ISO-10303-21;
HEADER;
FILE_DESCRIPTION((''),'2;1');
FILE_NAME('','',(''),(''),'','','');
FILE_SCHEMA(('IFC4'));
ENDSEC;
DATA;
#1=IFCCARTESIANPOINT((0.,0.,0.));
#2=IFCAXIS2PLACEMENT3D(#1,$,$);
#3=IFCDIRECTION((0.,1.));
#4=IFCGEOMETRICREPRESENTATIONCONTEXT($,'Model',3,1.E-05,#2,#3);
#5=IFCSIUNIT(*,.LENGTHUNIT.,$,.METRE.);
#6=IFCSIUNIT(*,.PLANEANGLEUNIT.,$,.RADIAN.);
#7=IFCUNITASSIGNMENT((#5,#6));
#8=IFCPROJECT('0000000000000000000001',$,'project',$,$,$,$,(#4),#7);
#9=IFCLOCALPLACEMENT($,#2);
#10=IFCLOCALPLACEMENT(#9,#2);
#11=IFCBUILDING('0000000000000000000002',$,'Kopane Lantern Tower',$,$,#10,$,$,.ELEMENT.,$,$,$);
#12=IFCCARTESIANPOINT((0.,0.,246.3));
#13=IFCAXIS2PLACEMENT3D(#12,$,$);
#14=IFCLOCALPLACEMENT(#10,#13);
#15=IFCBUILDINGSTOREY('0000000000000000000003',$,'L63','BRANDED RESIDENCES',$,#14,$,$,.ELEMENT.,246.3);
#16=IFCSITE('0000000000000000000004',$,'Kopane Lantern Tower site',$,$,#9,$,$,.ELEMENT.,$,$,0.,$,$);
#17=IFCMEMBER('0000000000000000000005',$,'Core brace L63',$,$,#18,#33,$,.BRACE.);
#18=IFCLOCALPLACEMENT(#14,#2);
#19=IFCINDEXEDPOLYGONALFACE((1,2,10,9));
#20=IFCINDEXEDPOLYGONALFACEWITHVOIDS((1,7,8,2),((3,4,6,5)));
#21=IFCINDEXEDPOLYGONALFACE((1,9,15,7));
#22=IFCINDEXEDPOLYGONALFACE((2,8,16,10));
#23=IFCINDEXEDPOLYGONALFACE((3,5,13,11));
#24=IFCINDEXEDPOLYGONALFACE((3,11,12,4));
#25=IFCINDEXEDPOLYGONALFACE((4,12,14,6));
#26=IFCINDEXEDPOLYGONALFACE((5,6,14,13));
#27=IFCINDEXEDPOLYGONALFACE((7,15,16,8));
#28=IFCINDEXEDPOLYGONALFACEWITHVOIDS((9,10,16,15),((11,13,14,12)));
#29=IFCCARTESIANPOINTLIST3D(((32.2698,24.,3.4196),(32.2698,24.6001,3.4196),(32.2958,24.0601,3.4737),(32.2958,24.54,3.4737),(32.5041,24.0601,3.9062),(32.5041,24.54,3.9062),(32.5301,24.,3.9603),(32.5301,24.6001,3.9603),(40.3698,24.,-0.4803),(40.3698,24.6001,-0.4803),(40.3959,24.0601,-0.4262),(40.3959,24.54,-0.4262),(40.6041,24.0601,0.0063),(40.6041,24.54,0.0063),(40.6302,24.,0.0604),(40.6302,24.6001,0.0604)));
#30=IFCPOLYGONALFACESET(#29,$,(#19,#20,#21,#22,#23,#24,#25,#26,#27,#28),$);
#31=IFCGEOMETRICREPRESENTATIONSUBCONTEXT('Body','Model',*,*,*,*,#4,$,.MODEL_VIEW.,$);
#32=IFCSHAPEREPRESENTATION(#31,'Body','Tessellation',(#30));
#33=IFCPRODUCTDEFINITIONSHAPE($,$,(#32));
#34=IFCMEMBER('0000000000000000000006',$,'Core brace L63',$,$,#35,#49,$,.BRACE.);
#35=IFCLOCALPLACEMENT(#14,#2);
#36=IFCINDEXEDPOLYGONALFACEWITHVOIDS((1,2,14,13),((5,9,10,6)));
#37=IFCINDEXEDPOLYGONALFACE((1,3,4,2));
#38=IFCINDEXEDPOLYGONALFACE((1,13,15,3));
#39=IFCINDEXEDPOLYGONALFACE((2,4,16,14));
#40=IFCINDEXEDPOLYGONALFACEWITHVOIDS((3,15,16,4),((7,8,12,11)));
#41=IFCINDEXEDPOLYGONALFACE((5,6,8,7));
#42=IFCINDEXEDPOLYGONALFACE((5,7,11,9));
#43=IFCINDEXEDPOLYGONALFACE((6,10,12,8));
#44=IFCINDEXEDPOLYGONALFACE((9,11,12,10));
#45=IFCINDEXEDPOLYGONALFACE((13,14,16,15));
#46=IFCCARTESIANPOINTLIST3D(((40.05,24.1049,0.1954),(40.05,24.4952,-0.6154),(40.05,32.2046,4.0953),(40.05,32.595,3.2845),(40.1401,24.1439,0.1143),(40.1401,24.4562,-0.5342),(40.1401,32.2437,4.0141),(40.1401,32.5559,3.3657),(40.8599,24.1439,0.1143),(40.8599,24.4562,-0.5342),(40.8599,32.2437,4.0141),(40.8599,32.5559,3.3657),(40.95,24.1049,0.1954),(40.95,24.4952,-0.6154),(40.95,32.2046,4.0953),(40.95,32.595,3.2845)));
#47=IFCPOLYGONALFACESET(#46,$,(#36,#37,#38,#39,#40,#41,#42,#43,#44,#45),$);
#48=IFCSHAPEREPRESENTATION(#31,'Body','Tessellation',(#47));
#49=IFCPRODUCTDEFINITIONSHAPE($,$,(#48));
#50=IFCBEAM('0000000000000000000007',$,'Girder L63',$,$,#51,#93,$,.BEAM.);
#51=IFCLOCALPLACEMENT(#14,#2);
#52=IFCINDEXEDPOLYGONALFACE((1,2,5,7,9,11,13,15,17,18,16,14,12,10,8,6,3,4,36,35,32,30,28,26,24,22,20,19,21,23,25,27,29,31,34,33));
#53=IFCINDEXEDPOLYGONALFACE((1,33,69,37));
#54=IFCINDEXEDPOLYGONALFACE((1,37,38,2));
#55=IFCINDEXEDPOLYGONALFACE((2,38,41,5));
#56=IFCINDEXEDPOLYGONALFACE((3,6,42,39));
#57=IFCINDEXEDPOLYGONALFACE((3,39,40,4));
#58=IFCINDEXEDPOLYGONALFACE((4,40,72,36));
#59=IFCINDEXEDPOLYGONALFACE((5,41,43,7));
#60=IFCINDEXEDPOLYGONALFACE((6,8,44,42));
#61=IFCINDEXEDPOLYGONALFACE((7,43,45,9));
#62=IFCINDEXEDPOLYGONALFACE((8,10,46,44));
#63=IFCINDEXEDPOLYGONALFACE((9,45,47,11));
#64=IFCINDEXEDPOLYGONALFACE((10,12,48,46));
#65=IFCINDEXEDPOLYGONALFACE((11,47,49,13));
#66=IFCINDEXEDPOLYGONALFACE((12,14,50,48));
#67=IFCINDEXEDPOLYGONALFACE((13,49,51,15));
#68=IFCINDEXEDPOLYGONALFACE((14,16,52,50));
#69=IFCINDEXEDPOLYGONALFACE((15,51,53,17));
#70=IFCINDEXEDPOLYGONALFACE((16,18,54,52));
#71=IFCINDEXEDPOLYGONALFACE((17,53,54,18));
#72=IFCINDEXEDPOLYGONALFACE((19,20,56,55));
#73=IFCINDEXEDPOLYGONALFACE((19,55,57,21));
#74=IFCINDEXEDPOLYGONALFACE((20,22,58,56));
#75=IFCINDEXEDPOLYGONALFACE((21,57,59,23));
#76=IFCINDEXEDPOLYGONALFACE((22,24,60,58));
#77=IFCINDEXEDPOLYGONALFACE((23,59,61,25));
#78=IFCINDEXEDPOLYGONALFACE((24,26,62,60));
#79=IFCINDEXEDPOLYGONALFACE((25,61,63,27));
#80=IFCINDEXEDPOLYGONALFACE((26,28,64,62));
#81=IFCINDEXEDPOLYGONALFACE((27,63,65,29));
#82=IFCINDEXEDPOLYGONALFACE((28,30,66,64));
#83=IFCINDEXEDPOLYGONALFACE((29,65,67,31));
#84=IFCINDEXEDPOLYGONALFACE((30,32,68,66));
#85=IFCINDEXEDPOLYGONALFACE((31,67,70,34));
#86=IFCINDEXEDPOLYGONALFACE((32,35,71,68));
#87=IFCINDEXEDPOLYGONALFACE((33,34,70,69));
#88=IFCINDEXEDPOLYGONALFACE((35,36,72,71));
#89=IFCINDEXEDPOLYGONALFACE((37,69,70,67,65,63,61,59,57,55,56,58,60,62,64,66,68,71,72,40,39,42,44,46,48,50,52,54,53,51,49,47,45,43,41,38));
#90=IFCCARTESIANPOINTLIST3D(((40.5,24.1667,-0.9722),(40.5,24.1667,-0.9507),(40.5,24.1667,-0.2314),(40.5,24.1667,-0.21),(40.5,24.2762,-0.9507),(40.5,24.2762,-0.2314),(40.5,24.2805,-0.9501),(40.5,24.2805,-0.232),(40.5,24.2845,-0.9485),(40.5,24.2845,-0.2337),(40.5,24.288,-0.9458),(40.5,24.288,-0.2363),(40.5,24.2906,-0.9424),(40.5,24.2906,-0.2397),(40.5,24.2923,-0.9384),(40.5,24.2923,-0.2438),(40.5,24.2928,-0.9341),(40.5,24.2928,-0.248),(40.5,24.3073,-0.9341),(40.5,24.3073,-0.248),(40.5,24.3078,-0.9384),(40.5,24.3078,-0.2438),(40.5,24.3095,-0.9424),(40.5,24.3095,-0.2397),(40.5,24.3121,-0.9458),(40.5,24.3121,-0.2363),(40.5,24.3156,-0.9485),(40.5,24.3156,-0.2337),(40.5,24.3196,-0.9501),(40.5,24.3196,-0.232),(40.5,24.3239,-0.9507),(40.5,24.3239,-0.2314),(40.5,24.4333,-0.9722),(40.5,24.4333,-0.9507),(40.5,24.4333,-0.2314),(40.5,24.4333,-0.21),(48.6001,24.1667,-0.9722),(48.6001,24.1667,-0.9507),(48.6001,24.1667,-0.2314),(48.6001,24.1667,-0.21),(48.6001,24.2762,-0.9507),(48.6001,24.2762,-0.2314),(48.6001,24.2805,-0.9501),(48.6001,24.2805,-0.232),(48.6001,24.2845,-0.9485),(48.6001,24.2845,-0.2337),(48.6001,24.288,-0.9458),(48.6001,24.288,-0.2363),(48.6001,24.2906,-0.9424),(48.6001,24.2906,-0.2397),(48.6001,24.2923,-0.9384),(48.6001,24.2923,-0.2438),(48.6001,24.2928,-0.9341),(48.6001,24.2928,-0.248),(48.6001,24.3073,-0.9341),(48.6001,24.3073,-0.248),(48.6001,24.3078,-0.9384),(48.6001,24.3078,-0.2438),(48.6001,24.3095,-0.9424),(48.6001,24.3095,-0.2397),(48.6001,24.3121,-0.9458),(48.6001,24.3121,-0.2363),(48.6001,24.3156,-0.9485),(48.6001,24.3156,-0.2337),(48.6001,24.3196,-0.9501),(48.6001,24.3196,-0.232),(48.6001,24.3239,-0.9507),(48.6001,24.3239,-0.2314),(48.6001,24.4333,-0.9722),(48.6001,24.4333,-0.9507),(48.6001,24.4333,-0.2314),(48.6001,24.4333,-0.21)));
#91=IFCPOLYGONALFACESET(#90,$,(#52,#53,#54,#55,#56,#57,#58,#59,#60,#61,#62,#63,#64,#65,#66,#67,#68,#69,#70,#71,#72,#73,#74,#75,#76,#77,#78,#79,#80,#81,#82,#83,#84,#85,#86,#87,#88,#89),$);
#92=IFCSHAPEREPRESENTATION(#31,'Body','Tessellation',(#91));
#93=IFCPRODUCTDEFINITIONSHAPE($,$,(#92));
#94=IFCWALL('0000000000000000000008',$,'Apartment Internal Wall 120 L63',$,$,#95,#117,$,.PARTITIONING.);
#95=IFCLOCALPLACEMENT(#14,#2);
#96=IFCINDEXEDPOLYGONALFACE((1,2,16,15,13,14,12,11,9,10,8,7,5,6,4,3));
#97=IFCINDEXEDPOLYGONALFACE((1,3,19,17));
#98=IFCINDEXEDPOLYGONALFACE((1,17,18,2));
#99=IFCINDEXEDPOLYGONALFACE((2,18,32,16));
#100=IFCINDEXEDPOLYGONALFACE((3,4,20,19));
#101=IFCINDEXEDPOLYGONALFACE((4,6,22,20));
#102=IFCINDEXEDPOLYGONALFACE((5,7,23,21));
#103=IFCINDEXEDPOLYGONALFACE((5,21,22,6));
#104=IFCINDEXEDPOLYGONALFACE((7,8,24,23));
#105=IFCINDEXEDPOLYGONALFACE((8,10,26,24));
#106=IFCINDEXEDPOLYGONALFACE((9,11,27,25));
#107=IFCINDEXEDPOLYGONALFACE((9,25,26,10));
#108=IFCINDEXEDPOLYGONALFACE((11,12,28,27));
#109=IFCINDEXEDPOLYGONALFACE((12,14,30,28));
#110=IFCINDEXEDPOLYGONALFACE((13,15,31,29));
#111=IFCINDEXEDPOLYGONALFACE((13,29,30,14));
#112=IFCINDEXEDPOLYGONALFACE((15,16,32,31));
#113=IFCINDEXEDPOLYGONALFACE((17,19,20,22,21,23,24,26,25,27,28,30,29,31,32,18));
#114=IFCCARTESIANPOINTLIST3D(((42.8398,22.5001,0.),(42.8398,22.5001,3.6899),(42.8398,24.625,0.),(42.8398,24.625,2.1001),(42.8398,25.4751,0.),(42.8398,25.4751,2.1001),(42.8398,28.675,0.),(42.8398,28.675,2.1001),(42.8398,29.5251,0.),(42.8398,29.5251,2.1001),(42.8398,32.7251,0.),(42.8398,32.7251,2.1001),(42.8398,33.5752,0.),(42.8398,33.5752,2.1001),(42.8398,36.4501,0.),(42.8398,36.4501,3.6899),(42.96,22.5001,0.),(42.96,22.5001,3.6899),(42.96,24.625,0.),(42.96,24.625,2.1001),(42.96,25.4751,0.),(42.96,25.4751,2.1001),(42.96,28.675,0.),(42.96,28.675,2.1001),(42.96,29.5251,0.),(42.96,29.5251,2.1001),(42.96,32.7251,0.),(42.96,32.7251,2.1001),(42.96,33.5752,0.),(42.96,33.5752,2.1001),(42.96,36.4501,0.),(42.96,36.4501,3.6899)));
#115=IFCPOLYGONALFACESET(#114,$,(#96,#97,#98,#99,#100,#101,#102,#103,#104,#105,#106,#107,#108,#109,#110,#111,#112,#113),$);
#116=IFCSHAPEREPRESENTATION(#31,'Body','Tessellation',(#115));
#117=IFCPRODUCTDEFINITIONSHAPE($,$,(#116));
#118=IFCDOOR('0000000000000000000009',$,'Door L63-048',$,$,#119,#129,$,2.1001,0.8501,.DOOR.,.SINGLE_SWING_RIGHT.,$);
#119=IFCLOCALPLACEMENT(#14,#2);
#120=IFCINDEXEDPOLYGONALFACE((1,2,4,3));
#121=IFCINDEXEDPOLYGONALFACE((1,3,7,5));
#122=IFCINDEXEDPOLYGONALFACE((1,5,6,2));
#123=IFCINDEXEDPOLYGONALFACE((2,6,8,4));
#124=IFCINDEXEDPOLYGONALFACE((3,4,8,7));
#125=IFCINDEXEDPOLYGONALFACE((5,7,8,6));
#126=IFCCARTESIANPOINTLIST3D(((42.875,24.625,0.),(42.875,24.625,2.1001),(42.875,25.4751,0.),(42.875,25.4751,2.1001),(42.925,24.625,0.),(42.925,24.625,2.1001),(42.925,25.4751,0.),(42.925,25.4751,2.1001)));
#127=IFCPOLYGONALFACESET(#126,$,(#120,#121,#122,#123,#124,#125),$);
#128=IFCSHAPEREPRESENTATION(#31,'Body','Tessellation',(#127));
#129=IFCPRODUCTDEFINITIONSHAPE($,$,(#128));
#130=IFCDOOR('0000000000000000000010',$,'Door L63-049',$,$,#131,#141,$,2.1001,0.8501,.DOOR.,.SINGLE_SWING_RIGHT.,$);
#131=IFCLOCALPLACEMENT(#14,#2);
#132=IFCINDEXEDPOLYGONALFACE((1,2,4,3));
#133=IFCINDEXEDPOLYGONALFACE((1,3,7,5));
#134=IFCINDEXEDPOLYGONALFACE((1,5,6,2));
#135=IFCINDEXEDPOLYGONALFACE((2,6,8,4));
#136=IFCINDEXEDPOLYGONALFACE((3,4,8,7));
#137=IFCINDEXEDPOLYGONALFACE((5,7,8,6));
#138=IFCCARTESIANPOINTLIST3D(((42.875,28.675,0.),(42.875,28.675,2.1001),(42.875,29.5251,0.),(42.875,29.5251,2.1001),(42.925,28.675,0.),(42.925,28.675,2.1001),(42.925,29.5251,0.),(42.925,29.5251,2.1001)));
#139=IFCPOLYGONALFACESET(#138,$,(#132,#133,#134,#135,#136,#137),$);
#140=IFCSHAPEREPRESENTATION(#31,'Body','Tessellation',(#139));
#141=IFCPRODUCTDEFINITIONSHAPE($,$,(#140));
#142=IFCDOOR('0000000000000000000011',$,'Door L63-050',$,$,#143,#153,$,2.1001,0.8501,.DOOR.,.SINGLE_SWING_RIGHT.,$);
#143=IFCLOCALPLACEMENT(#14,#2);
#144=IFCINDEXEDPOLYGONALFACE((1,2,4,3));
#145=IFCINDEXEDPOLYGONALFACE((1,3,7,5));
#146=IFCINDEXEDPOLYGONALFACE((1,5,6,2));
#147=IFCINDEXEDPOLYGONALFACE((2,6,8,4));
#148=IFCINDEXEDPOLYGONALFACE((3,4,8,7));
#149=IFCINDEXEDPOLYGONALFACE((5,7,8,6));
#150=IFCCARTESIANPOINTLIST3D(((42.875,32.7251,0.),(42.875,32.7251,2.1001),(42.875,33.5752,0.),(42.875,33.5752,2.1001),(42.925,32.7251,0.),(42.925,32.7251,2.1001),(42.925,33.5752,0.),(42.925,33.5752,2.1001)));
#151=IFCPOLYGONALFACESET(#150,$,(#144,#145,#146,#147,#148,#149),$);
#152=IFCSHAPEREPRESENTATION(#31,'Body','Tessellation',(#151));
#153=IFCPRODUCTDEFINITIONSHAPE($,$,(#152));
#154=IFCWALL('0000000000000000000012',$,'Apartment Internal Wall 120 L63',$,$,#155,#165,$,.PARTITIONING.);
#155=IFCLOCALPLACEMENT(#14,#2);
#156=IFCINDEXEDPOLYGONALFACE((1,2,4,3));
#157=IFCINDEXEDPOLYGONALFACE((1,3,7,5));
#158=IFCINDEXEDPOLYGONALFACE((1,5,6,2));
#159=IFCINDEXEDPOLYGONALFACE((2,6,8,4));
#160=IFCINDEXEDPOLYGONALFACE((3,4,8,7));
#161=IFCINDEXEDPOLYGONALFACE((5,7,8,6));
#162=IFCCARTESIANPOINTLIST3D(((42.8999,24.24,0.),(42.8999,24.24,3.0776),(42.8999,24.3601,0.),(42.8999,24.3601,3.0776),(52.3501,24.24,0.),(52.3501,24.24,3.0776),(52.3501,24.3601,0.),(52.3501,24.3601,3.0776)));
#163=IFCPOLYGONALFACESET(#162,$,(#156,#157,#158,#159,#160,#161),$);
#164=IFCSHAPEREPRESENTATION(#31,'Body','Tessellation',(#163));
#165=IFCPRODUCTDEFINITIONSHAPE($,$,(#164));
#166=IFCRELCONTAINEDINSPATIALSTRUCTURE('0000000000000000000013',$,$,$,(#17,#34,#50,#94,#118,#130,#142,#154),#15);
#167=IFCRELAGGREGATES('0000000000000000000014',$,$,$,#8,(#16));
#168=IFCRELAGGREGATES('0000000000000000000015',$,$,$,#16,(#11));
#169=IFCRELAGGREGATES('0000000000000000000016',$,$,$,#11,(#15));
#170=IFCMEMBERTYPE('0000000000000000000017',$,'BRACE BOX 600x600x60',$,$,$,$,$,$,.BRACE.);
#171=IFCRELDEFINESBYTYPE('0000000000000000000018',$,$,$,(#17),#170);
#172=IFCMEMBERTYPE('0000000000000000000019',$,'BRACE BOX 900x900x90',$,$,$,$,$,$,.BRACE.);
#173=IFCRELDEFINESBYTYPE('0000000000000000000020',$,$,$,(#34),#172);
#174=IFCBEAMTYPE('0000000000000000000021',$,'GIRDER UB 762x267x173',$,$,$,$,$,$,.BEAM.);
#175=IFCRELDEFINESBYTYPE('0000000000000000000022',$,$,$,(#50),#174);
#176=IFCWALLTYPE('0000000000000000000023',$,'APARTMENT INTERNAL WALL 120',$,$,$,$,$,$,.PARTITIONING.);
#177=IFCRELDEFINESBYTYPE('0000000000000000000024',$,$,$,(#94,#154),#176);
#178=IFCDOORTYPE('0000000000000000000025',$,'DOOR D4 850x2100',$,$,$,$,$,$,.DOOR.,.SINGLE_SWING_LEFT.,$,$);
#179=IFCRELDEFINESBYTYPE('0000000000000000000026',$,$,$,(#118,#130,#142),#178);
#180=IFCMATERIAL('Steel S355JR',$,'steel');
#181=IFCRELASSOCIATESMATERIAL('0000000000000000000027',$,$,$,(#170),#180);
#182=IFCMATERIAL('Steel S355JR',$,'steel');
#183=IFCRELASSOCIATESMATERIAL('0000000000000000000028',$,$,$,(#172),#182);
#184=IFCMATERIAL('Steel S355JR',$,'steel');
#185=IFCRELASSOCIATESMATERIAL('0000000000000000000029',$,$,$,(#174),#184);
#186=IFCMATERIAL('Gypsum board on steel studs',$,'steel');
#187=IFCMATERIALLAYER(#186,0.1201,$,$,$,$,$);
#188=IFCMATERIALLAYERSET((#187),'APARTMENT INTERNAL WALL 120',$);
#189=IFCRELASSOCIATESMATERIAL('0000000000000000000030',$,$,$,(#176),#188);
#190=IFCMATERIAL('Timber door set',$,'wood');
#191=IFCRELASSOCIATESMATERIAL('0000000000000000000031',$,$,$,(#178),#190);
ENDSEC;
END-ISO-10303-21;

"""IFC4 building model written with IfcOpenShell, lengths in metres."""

from ifc_helpers import new_model, si_unit, direction, frame, frame_2d, origin, origin_2d, place, context, subcontext, project, spatial, rectangle, hollow_rectangle, i_section, extrude, material, layer, layer_set, material_profile, profile_set, type_object, element, fill, save


model = new_model("IFC4")

# Units and contexts
model_context = context("Model", 3, precision=1e-05, world=origin(), true_north=direction((0.0, 1.0)))
body_context = subcontext(model_context, "Body", "Model", "MODEL_VIEW")
ifc_project = project(units=[si_unit("LENGTHUNIT", "METRE"), si_unit("PLANEANGLEUNIT", "RADIAN")], contexts=[model_context])

# Site, building, storey
site_placement = place(None, origin())
site = spatial("IfcSite", under=ifc_project, at=site_placement, Name="Kopane Lantern Tower site", CompositionType="ELEMENT", RefElevation=0.0)
building_placement = place(site_placement, origin())
building = spatial("IfcBuilding", under=site, at=building_placement, Name="Kopane Lantern Tower", CompositionType="ELEMENT")
storey_placement = place(building_placement, frame((0.0, 0.0, 246.3)))
storey = spatial("IfcBuildingStorey", under=building, at=storey_placement, Name="L63", Description="BRANDED RESIDENCES", CompositionType="ELEMENT", Elevation=246.3)

# Members
ifc_material_1 = material(Name="Steel S355JR", Category="steel")
ifc_material_profile_1 = material_profile(ifc_material_1, hollow_rectangle(XDim=0.6001, YDim=0.6001, WallThickness=0.0601, at=origin_2d()), Name="BOX 600x600x60")
ifc_profile_set_1 = profile_set([ifc_material_profile_1], Name="Steel S355JR")
member_type_1 = type_object("IfcMemberType", Name="BRACE BOX 600x600x60", PredefinedType="BRACE", material=ifc_profile_set_1)
member_1_placement = place(storey_placement, frame((40.5, 24.3, -0.21), z_axis=(-0.901008, 0.0, 0.433803), x_axis=(0.0, -1.0, 0.0)))
element("IfcMember", 1, at=member_1_placement, inside=storey, type_object=member_type_1, Name="Core brace L63", PredefinedType="BRACE", context=body_context, shape_type="SweptSolid", body=[
    extrude(hollow_rectangle(XDim=0.6001, YDim=0.6001, WallThickness=0.0601, at=origin_2d()), origin(), (0.0, 0.0, 1.0), 8.99),
])
ifc_material_2 = material(Name="Steel S355JR", Category="steel")
ifc_material_profile_2 = material_profile(ifc_material_2, hollow_rectangle(XDim=0.8999, YDim=0.8999, WallThickness=0.0901, at=origin_2d()), Name="BOX 900x900x90")
ifc_profile_set_2 = profile_set([ifc_material_profile_2], Name="Steel S355JR")
member_type_2 = type_object("IfcMemberType", Name="BRACE BOX 900x900x90", PredefinedType="BRACE", material=ifc_profile_set_2)
member_2_placement = place(storey_placement, frame((40.5, 24.3, -0.21), z_axis=(0.0, 0.901003, 0.433813), x_axis=(-1.0, 0.0, 0.0)))
element("IfcMember", 2, at=member_2_placement, inside=storey, type_object=member_type_2, Name="Core brace L63", PredefinedType="BRACE", context=body_context, shape_type="SweptSolid", body=[
    extrude(hollow_rectangle(XDim=0.8999, YDim=0.8999, WallThickness=0.0901, at=origin_2d()), origin(), (0.0, 0.0, 1.0), 8.9897),
])

# Beam
ifc_material_3 = material(Name="Steel S355JR", Category="steel")
ifc_material_profile_3 = material_profile(ifc_material_3, i_section(OverallWidth=0.2666, OverallDepth=0.7622, WebThickness=0.0144, FlangeThickness=0.0215, FilletRadius=0.0166, at=origin_2d()), Name="UB 762x267x173")
ifc_profile_set_3 = profile_set([ifc_material_profile_3], Name="Steel S355JR")
beam_type = type_object("IfcBeamType", Name="GIRDER UB 762x267x173", PredefinedType="BEAM", material=ifc_profile_set_3)
beam_placement = place(storey_placement, frame((40.5, 24.3, -0.5911), z_axis=(1.0, 0.0, 0.0), x_axis=(0.0, 1.0, 0.0)))
element("IfcBeam", 3, at=beam_placement, inside=storey, type_object=beam_type, Name="Girder L63", PredefinedType="BEAM", context=body_context, shape_type="SweptSolid", body=[
    extrude(i_section(OverallWidth=0.2666, OverallDepth=0.7622, WebThickness=0.0144, FlangeThickness=0.0215, FilletRadius=0.0166, at=origin_2d()), origin(), (0.0, 0.0, 1.0), 8.1001),
])

# Wall, openings, doors
ifc_material_4 = material(Name="Gypsum board on steel studs", Category="steel")
ifc_layer_1 = layer(ifc_material_4, 0.1201)
ifc_layer_set_1 = layer_set([ifc_layer_1], Name="APARTMENT INTERNAL WALL 120")
wall_type_1 = type_object("IfcWallType", Name="APARTMENT INTERNAL WALL 120", PredefinedType="PARTITIONING", material=ifc_layer_set_1)
wall_1_placement = place(storey_placement, frame((42.8999, 22.5, 0.0), z_axis=(0.0, 0.0, 1.0), x_axis=(0.0, 1.0, 0.0)))
wall_1 = element("IfcWall", 4, at=wall_1_placement, inside=storey, type_object=wall_type_1, Name="Apartment Internal Wall 120 L63", PredefinedType="PARTITIONING", context=body_context, shape_type="SweptSolid", body=[
    extrude(rectangle(XDim=13.95, YDim=0.1201, at=frame_2d((6.9751, 0.0))), origin(), (0.0, 0.0, 1.0), 3.6899),
])
opening_1_placement = place(wall_1_placement, frame((2.125, 0.0, 0.0)))
opening_1 = element("IfcOpeningElement", 5, at=opening_1_placement, cuts=wall_1, PredefinedType="OPENING", context=body_context, shape_type="SweptSolid", body=[
    extrude(rectangle(XDim=0.8501, YDim=2.1001, at=frame_2d((0.425, 1.05))), frame((0.0, 0.0701, 0.0), z_axis=(0.0, -1.0, 0.0), x_axis=(1.0, 0.0, 0.0)), (0.0, 0.0, 1.0), 0.1401),
])
opening_2_placement = place(wall_1_placement, frame((6.175, 0.0, 0.0)))
opening_2 = element("IfcOpeningElement", 6, at=opening_2_placement, cuts=wall_1, PredefinedType="OPENING", context=body_context, shape_type="SweptSolid", body=[
    extrude(rectangle(XDim=0.8501, YDim=2.1001, at=frame_2d((0.425, 1.05))), frame((0.0, 0.0701, 0.0), z_axis=(0.0, -1.0, 0.0), x_axis=(1.0, 0.0, 0.0)), (0.0, 0.0, 1.0), 0.1401),
])
opening_3_placement = place(wall_1_placement, frame((10.2251, 0.0, 0.0)))
opening_3 = element("IfcOpeningElement", 7, at=opening_3_placement, cuts=wall_1, PredefinedType="OPENING", context=body_context, shape_type="SweptSolid", body=[
    extrude(rectangle(XDim=0.8501, YDim=2.1001, at=frame_2d((0.425, 1.05))), frame((0.0, 0.0701, 0.0), z_axis=(0.0, -1.0, 0.0), x_axis=(1.0, 0.0, 0.0)), (0.0, 0.0, 1.0), 0.1401),
])
ifc_material_5 = material(Name="Timber door set", Category="wood")
door_type = type_object("IfcDoorType", Name="DOOR D4 850x2100", OperationType="SINGLE_SWING_LEFT", PredefinedType="DOOR", material=ifc_material_5)
door_1_placement = place(opening_1_placement, origin())
door_1 = element("IfcDoor", 8, at=door_1_placement, inside=storey, type_object=door_type, Name="Door L63-048", OperationType="SINGLE_SWING_RIGHT", OverallHeight=2.1001, OverallWidth=0.8501, PredefinedType="DOOR", context=body_context, shape_type="SweptSolid", body=[
    extrude(rectangle(XDim=0.8501, YDim=2.1001, at=frame_2d((0.425, 1.05))), frame((0.0, 0.0249, 0.0), z_axis=(0.0, -1.0, 0.0), x_axis=(1.0, 0.0, 0.0)), (0.0, 0.0, 1.0), 0.05),
])
fill(opening_1, door_1)
door_2_placement = place(opening_2_placement, origin())
door_2 = element("IfcDoor", 9, at=door_2_placement, inside=storey, type_object=door_type, Name="Door L63-049", OperationType="SINGLE_SWING_RIGHT", OverallHeight=2.1001, OverallWidth=0.8501, PredefinedType="DOOR", context=body_context, shape_type="SweptSolid", body=[
    extrude(rectangle(XDim=0.8501, YDim=2.1001, at=frame_2d((0.425, 1.05))), frame((0.0, 0.0249, 0.0), z_axis=(0.0, -1.0, 0.0), x_axis=(1.0, 0.0, 0.0)), (0.0, 0.0, 1.0), 0.05),
])
fill(opening_2, door_2)
door_3_placement = place(opening_3_placement, origin())
door_3 = element("IfcDoor", 10, at=door_3_placement, inside=storey, type_object=door_type, Name="Door L63-050", OperationType="SINGLE_SWING_RIGHT", OverallHeight=2.1001, OverallWidth=0.8501, PredefinedType="DOOR", context=body_context, shape_type="SweptSolid", body=[
    extrude(rectangle(XDim=0.8501, YDim=2.1001, at=frame_2d((0.425, 1.05))), frame((0.0, 0.0249, 0.0), z_axis=(0.0, -1.0, 0.0), x_axis=(1.0, 0.0, 0.0)), (0.0, 0.0, 1.0), 0.05),
])
fill(opening_3, door_3)

# Wall
wall_2_placement = place(storey_placement, frame((42.8999, 24.3, 0.0), z_axis=(0.0, 0.0, 1.0), x_axis=(1.0, 0.0, 0.0)))
element("IfcWall", 11, at=wall_2_placement, inside=storey, type_object=wall_type_1, Name="Apartment Internal Wall 120 L63", PredefinedType="PARTITIONING", context=body_context, shape_type="SweptSolid", body=[
    extrude(rectangle(XDim=9.4502, YDim=0.1201, at=frame_2d((4.7251, 0.0))), origin(), (0.0, 0.0, 1.0), 3.0776),
])

save(model, "model.ifc")
